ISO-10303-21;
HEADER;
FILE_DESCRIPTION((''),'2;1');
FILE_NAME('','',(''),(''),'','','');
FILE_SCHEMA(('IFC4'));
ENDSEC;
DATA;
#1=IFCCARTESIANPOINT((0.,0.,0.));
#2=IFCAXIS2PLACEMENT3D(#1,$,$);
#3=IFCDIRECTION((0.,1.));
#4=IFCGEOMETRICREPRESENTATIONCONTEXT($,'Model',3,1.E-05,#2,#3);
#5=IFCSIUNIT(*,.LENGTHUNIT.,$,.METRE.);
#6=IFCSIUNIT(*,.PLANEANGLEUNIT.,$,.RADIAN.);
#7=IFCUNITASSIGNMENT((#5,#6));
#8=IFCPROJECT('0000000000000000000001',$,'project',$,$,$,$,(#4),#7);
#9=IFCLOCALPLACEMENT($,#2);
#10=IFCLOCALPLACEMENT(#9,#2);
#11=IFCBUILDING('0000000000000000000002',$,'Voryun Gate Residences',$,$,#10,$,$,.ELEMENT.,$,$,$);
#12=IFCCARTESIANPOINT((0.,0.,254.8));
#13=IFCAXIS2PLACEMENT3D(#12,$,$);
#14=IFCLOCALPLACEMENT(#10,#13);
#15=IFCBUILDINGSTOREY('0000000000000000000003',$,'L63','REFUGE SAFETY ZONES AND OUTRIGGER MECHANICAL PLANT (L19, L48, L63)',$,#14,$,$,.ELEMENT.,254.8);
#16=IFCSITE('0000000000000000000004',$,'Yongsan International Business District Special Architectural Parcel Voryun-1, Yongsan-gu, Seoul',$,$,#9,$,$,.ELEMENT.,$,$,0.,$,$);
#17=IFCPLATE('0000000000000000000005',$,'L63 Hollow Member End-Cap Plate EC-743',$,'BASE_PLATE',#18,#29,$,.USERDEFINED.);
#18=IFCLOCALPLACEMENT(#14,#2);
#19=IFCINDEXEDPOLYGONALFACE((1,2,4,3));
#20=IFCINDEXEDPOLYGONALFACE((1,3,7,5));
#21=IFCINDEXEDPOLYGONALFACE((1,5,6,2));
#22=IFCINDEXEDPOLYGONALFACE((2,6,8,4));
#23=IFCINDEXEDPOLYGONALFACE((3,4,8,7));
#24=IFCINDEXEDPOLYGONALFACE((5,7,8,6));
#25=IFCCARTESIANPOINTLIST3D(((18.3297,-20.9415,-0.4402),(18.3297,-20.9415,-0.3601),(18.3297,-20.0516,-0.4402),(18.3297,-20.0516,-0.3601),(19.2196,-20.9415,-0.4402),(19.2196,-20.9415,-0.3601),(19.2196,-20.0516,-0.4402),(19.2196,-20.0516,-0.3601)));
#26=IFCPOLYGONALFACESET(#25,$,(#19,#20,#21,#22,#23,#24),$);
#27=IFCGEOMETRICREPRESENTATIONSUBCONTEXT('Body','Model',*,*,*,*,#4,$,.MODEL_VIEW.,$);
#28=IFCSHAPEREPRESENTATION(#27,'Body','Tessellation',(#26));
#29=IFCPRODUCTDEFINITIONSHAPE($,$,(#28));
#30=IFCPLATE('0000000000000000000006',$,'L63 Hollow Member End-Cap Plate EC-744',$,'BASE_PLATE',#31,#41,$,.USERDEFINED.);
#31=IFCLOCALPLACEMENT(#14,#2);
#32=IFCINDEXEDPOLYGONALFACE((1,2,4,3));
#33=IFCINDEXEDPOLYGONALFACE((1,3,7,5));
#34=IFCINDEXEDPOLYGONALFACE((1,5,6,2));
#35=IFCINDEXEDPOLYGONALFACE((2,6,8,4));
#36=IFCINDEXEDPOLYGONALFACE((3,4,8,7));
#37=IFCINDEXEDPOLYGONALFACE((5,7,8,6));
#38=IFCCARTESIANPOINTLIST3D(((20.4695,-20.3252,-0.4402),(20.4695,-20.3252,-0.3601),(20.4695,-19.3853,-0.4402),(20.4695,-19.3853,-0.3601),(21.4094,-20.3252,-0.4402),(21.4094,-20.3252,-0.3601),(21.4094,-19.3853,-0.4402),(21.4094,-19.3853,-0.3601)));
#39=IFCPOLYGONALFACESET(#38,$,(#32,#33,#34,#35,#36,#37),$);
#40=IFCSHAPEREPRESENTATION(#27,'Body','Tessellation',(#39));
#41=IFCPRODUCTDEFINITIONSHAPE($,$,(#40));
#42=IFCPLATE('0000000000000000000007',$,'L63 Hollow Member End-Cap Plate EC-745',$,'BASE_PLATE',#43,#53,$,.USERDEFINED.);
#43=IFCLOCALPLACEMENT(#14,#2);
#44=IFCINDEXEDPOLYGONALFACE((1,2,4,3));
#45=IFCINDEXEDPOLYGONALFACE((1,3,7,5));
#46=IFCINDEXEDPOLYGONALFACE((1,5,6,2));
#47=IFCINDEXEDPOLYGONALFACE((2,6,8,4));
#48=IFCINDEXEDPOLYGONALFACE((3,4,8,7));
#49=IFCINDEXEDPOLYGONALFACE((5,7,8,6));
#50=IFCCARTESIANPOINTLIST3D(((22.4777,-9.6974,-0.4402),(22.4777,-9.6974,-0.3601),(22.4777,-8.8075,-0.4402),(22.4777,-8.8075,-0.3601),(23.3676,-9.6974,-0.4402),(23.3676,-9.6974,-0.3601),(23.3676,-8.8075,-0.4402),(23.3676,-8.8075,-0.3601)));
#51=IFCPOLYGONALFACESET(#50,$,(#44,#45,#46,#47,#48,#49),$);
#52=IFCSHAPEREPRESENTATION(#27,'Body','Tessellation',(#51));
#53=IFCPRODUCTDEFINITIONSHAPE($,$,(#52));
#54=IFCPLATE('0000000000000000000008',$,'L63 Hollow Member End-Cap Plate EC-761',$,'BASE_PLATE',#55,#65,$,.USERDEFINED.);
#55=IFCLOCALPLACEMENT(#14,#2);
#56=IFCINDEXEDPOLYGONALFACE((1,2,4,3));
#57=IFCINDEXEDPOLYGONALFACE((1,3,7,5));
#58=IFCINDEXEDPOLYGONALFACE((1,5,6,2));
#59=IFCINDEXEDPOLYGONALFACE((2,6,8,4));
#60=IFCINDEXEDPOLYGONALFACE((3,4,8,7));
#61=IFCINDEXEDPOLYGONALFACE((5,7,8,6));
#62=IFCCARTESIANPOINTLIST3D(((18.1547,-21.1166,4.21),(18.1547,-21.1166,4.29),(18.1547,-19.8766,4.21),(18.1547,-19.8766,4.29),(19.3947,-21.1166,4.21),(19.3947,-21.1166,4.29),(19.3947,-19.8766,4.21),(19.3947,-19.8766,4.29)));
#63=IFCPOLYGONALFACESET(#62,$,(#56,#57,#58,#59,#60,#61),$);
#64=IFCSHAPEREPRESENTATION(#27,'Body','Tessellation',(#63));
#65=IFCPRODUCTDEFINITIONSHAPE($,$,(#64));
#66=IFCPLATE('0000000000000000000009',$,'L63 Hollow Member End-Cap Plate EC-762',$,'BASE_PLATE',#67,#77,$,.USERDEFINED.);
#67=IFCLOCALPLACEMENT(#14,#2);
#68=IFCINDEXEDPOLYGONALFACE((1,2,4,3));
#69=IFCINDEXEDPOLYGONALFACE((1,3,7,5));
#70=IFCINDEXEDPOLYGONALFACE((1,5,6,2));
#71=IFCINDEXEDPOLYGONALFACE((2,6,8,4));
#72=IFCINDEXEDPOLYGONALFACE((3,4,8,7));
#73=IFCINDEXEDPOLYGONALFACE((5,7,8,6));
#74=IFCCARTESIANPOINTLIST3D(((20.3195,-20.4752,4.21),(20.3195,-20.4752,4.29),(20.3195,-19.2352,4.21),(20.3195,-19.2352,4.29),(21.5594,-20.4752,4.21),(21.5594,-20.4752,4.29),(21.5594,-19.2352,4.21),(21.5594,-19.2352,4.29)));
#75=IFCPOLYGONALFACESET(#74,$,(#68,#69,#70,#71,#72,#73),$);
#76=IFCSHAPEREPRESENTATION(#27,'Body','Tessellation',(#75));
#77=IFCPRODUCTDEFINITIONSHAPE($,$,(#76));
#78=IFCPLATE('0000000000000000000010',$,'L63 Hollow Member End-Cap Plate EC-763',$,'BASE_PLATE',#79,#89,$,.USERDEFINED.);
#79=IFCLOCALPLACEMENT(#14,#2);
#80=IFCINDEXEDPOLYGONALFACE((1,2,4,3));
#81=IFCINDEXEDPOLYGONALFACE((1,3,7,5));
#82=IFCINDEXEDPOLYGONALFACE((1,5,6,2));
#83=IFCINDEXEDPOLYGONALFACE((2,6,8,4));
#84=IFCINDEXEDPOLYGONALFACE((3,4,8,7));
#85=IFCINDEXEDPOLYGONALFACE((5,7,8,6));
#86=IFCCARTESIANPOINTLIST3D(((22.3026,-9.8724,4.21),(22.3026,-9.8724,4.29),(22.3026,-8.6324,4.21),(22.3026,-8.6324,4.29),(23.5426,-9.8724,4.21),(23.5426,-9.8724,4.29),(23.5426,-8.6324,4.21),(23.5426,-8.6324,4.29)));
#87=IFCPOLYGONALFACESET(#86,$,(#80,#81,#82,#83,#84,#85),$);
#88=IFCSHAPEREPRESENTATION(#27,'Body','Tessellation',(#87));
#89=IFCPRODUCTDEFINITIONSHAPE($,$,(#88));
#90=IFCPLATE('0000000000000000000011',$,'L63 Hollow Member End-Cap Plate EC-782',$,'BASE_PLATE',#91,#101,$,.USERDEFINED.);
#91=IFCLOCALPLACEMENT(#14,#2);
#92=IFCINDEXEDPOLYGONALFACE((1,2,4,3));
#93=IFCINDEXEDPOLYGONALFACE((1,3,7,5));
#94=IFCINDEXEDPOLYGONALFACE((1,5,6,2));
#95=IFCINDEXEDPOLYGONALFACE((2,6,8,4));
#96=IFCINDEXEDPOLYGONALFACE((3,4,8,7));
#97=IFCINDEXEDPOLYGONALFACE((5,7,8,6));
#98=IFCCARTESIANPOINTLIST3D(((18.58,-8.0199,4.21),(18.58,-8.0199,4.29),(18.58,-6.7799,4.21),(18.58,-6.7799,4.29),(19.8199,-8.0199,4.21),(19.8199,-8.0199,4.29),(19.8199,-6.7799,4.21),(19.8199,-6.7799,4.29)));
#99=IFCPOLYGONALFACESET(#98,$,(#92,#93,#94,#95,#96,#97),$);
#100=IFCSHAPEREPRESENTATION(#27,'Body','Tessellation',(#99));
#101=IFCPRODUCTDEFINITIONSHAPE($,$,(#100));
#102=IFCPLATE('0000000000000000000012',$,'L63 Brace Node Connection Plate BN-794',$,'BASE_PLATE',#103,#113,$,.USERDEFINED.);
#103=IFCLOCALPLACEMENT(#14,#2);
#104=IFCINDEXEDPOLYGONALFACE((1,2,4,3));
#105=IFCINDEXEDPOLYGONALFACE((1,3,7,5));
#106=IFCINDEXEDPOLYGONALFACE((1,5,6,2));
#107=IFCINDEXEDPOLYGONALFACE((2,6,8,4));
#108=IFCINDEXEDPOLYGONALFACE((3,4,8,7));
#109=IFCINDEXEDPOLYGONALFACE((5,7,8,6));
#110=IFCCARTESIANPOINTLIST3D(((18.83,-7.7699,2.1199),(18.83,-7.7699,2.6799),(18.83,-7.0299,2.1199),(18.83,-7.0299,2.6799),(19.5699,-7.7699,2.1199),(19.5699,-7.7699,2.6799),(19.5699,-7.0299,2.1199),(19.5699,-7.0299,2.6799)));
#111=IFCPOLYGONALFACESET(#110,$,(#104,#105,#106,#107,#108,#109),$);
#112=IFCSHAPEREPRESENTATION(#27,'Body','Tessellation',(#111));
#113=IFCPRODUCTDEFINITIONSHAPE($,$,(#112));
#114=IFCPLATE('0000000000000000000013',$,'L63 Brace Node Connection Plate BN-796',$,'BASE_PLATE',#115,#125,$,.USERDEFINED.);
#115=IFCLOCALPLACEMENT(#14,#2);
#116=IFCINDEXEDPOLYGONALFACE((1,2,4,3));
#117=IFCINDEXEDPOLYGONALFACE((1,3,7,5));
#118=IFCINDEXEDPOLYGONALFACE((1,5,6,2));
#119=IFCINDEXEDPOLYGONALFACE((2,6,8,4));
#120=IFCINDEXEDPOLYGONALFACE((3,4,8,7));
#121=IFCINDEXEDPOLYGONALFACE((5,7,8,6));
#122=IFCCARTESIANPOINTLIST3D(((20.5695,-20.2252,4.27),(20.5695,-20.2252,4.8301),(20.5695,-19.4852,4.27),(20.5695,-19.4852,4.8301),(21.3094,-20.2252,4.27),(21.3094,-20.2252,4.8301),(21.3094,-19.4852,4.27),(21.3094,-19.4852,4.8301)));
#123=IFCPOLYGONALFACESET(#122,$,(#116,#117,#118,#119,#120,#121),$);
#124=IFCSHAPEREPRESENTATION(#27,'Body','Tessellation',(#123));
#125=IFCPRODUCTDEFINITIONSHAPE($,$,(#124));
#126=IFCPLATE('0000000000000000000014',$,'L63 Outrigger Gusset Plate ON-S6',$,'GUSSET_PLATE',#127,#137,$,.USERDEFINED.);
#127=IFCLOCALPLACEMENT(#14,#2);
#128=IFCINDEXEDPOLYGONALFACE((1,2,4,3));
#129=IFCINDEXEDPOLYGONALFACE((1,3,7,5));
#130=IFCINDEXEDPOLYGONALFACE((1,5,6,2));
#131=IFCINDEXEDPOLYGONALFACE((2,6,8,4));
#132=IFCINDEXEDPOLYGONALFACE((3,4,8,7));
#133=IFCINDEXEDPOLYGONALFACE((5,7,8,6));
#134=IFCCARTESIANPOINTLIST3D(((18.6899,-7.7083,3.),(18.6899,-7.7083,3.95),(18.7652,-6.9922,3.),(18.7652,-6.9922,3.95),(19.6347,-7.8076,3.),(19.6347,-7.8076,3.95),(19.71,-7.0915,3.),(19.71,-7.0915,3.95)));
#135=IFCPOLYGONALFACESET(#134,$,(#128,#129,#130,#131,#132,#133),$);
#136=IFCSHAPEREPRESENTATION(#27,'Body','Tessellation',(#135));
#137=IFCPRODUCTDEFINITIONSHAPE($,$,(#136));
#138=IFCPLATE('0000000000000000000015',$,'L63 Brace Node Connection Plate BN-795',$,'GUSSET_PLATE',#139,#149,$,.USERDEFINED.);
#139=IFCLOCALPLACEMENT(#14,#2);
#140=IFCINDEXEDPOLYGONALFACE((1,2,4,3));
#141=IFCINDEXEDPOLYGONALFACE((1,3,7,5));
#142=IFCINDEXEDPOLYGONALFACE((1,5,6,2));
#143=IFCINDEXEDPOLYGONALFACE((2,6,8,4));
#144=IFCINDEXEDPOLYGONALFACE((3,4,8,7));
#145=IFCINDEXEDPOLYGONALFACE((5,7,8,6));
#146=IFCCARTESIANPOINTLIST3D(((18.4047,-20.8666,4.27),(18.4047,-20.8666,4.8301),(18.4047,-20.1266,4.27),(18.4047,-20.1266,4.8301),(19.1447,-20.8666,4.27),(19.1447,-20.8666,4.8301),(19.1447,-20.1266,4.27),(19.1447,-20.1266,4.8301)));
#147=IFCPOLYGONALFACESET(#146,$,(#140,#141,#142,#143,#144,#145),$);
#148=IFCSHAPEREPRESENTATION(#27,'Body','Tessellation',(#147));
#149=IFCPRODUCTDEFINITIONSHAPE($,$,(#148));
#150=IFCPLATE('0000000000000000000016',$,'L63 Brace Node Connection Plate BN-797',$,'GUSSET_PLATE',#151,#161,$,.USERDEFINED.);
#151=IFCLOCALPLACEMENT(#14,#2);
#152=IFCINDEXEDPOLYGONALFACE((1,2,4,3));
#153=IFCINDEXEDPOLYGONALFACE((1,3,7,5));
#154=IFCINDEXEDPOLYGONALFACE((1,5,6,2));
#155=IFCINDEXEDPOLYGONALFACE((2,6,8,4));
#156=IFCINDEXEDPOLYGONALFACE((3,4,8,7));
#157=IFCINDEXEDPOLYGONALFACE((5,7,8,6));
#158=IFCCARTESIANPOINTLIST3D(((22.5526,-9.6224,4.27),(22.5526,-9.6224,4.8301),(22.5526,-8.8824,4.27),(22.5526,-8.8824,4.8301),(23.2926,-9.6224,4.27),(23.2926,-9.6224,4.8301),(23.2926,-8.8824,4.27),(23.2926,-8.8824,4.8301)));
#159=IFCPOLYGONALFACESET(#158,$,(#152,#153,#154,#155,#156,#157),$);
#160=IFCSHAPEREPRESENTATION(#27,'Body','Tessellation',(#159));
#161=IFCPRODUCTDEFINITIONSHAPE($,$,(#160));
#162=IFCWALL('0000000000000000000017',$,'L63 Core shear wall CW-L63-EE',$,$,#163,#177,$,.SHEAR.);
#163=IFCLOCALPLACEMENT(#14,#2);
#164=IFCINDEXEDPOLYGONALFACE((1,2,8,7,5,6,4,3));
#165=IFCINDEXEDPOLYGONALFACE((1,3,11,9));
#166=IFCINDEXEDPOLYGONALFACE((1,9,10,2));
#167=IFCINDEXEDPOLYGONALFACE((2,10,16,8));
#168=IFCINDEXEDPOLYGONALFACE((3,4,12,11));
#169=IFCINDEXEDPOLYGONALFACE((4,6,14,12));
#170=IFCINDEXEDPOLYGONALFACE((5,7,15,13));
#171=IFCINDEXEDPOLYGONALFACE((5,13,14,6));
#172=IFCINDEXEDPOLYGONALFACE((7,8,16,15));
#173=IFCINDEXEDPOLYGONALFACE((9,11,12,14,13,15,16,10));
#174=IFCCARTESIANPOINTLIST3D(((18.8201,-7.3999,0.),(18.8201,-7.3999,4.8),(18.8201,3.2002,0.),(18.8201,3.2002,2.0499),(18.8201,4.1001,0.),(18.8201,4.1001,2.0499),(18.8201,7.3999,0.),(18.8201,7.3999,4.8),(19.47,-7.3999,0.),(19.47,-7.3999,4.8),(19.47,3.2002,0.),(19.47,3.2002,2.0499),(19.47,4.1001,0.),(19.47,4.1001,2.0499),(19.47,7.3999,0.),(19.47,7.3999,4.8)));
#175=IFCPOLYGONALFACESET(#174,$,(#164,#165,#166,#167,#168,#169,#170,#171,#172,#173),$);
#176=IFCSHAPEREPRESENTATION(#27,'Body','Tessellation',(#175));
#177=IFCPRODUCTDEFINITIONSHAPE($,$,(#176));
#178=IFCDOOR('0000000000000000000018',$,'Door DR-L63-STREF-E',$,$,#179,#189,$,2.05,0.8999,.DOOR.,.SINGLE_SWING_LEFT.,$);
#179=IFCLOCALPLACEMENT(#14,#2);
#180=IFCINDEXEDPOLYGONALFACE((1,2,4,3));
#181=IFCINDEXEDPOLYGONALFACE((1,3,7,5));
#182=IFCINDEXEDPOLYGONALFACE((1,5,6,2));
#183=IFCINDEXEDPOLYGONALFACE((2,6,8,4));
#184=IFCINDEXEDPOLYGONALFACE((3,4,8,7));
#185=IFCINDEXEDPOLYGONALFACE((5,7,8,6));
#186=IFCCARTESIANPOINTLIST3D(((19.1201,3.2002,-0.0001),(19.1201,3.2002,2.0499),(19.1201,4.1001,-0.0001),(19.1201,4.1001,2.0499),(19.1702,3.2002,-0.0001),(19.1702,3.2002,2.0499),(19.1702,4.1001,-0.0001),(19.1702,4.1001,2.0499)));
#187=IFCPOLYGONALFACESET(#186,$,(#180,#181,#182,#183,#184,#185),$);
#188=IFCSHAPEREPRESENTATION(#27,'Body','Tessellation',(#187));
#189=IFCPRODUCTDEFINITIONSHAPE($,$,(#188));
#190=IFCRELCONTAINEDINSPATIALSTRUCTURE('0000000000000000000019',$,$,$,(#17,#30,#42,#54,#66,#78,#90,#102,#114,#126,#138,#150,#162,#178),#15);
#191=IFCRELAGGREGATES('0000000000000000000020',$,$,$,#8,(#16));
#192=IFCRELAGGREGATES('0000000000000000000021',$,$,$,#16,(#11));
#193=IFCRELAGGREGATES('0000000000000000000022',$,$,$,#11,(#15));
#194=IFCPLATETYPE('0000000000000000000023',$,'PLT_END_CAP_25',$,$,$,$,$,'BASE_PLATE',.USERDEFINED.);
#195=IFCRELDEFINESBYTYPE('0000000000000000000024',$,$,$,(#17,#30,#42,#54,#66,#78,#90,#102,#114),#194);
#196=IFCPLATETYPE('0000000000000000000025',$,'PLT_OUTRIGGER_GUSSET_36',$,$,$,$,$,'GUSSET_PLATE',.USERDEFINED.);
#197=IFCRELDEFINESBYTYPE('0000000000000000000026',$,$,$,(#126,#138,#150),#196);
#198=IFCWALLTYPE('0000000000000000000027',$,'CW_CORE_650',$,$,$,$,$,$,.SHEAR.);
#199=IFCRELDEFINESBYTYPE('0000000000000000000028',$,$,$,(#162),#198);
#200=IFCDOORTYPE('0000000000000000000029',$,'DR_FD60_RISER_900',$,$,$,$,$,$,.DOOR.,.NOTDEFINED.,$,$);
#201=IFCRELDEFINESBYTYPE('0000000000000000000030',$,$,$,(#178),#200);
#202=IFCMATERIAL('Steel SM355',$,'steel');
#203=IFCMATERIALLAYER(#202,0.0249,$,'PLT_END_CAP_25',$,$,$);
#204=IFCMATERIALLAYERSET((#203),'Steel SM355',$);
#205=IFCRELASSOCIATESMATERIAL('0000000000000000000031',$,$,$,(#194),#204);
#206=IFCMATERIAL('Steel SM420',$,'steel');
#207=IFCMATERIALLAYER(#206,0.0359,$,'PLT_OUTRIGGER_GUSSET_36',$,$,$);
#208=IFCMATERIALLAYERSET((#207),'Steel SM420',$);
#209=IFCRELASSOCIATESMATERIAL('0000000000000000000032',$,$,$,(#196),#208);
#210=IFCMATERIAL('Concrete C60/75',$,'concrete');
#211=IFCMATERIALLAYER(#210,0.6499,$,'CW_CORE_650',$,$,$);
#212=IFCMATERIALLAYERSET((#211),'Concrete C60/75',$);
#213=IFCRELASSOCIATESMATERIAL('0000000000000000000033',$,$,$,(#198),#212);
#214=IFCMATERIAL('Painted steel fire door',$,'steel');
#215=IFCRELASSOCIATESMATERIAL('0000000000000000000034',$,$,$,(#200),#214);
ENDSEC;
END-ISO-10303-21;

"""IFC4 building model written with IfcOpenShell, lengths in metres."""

from ifc_helpers import new_model, si_unit, direction, frame, frame_2d, origin, origin_2d, place, context, subcontext, project, spatial, rectangle, extrude, material, layer, layer_set, type_object, element, fill, save


model = new_model("IFC4")

# Units and contexts
model_context = context("Model", 3, precision=1e-05, world=origin(), true_north=direction((0.0, 1.0)))
body_context = subcontext(model_context, "Body", "Model", "MODEL_VIEW")
ifc_project = project(units=[si_unit("LENGTHUNIT", "METRE"), si_unit("PLANEANGLEUNIT", "RADIAN")], contexts=[model_context])

# Site, building, storey
site_placement = place(None, origin())
site = spatial("IfcSite", under=ifc_project, at=site_placement, Name="Yongsan International Business District Special Architectural Parcel Voryun-1, Yongsan-gu, Seoul", CompositionType="ELEMENT", RefElevation=0.0)
building_placement = place(site_placement, origin())
building = spatial("IfcBuilding", under=site, at=building_placement, Name="Voryun Gate Residences", CompositionType="ELEMENT")
storey_placement = place(building_placement, frame((0.0, 0.0, 254.8)))
storey = spatial("IfcBuildingStorey", under=building, at=storey_placement, Name="L63", Description="REFUGE SAFETY ZONES AND OUTRIGGER MECHANICAL PLANT (L19, L48, L63)", CompositionType="ELEMENT", Elevation=254.8)

# Plates
ifc_material_1 = material(Name="Steel SM355", Category="steel")
ifc_layer_1 = layer(ifc_material_1, 0.0249, Name="PLT_END_CAP_25")
ifc_layer_set_1 = layer_set([ifc_layer_1], Name="Steel SM355")
plate_type_1 = type_object("IfcPlateType", Name="PLT_END_CAP_25", ElementType="BASE_PLATE", PredefinedType="USERDEFINED", material=ifc_layer_set_1)
plate_1_placement = place(storey_placement, frame((18.7747, -20.4966, -0.4402), z_axis=(0.0, 0.0, 1.0), x_axis=(1.0, 0.0, 0.0)))
element("IfcPlate", 1, at=plate_1_placement, inside=storey, type_object=plate_type_1, Name="L63 Hollow Member End-Cap Plate EC-743", ObjectType="BASE_PLATE", PredefinedType="USERDEFINED", context=body_context, shape_type="SweptSolid", body=[
    extrude(rectangle(XDim=0.8899, YDim=0.8899, at=origin_2d()), origin(), (0.0, 0.0, 1.0), 0.0801),
])
plate_2_placement = place(storey_placement, frame((20.9395, -19.8552, -0.4402), z_axis=(0.0, 0.0, 1.0), x_axis=(1.0, 0.0, 0.0)))
element("IfcPlate", 2, at=plate_2_placement, inside=storey, type_object=plate_type_1, Name="L63 Hollow Member End-Cap Plate EC-744", ObjectType="BASE_PLATE", PredefinedType="USERDEFINED", context=body_context, shape_type="SweptSolid", body=[
    extrude(rectangle(XDim=0.9399, YDim=0.9399, at=origin_2d()), origin(), (0.0, 0.0, 1.0), 0.0801),
])
plate_3_placement = place(storey_placement, frame((22.9226, -9.2524, -0.4402), z_axis=(0.0, 0.0, 1.0), x_axis=(1.0, 0.0, 0.0)))
element("IfcPlate", 3, at=plate_3_placement, inside=storey, type_object=plate_type_1, Name="L63 Hollow Member End-Cap Plate EC-745", ObjectType="BASE_PLATE", PredefinedType="USERDEFINED", context=body_context, shape_type="SweptSolid", body=[
    extrude(rectangle(XDim=0.8899, YDim=0.8899, at=origin_2d()), origin(), (0.0, 0.0, 1.0), 0.0801),
])
for number, where, z_axis, x_axis, name in (
    (4, (18.7747, -20.4966, 4.21), (0.0, 0.0, 1.0), (1.0, 0.0, 0.0), "L63 Hollow Member End-Cap Plate EC-761"),
    (5, (20.9395, -19.8552, 4.21), (0.0, 0.0, 1.0), (1.0, 0.0, 0.0), "L63 Hollow Member End-Cap Plate EC-762"),
    (6, (22.9226, -9.2524, 4.21), (0.0, 0.0, 1.0), (1.0, 0.0, 0.0), "L63 Hollow Member End-Cap Plate EC-763"),
    (7, (19.2, -7.3999, 4.21), (0.0, 0.0, 1.0), (1.0, 0.0, 0.0), "L63 Hollow Member End-Cap Plate EC-782"),
):
    element("IfcPlate", number, at=place(storey_placement, frame(where, z_axis=z_axis, x_axis=x_axis)), inside=storey, type_object=plate_type_1, Name=name, ObjectType="BASE_PLATE", PredefinedType="USERDEFINED", context=body_context, shape_type="SweptSolid", body=[
        extrude(rectangle(XDim=1.24, YDim=1.24, at=origin_2d()), origin(), (0.0, 0.0, 1.0), 0.0801),
    ])
for number, where, z_axis, x_axis, name in (
    (8, (19.2, -7.3999, 2.1199), (0.0, 0.0, 1.0), (1.0, 0.0, 0.0), "L63 Brace Node Connection Plate BN-794"),
    (9, (20.9395, -19.8552, 4.27), (0.0, 0.0, 1.0), (1.0, 0.0, 0.0), "L63 Brace Node Connection Plate BN-796"),
):
    element("IfcPlate", number, at=place(storey_placement, frame(where, z_axis=z_axis, x_axis=x_axis)), inside=storey, type_object=plate_type_1, Name=name, ObjectType="BASE_PLATE", PredefinedType="USERDEFINED", context=body_context, shape_type="SweptSolid", body=[
        extrude(rectangle(XDim=0.74, YDim=0.74, at=origin_2d()), origin(), (0.0, 0.0, 1.0), 0.5601),
    ])
ifc_material_2 = material(Name="Steel SM420", Category="steel")
ifc_layer_2 = layer(ifc_material_2, 0.0359, Name="PLT_OUTRIGGER_GUSSET_36")
ifc_layer_set_2 = layer_set([ifc_layer_2], Name="Steel SM420")
plate_type_2 = type_object("IfcPlateType", Name="PLT_OUTRIGGER_GUSSET_36", ElementType="GUSSET_PLATE", PredefinedType="USERDEFINED", material=ifc_layer_set_2)
plate_4_placement = place(storey_placement, frame((19.2, -7.3999, 3.0), z_axis=(0.0, 0.0, 1.0), x_axis=(0.994522, -0.104528, 0.0)))
element("IfcPlate", 10, at=plate_4_placement, inside=storey, type_object=plate_type_2, Name="L63 Outrigger Gusset Plate ON-S6", ObjectType="GUSSET_PLATE", PredefinedType="USERDEFINED", context=body_context, shape_type="SweptSolid", body=[
    extrude(rectangle(XDim=0.95, YDim=0.72, at=origin_2d()), origin(), (0.0, 0.0, 1.0), 0.95),
])
for number, where, z_axis, x_axis, name in (
    (11, (18.7747, -20.4966, 4.27), (0.0, 0.0, 1.0), (1.0, 0.0, 0.0), "L63 Brace Node Connection Plate BN-795"),
    (12, (22.9226, -9.2524, 4.27), (0.0, 0.0, 1.0), (1.0, 0.0, 0.0), "L63 Brace Node Connection Plate BN-797"),
):
    element("IfcPlate", number, at=place(storey_placement, frame(where, z_axis=z_axis, x_axis=x_axis)), inside=storey, type_object=plate_type_2, Name=name, ObjectType="GUSSET_PLATE", PredefinedType="USERDEFINED", context=body_context, shape_type="SweptSolid", body=[
        extrude(rectangle(XDim=0.74, YDim=0.74, at=origin_2d()), origin(), (0.0, 0.0, 1.0), 0.5601),
    ])

# Wall, opening, door
ifc_material_3 = material(Name="Concrete C60/75", Category="concrete")
ifc_layer_3 = layer(ifc_material_3, 0.6499, Name="CW_CORE_650")
ifc_layer_set_3 = layer_set([ifc_layer_3], Name="Concrete C60/75")
wall_type_1 = type_object("IfcWallType", Name="CW_CORE_650", PredefinedType="SHEAR", material=ifc_layer_set_3)
wall_1_placement = place(storey_placement, frame((19.145, -7.3999, 0.0), z_axis=(0.0, 0.0, 1.0), x_axis=(0.0, 1.0, 0.0)))
wall_1 = element("IfcWall", 13, at=wall_1_placement, inside=storey, type_object=wall_type_1, Name="L63 Core shear wall CW-L63-EE", PredefinedType="SHEAR", context=body_context, shape_type="SweptSolid", body=[
    extrude(rectangle(XDim=14.7998, YDim=0.6499, at=frame_2d((7.3999, 0.0))), origin(), (0.0, 0.0, 1.0), 4.8),
])
opening_1_placement = place(wall_1_placement, frame((10.6001, 0.0, 0.0)))
opening_1 = element("IfcOpeningElement", 14, at=opening_1_placement, cuts=wall_1, PredefinedType="OPENING", context=body_context, shape_type="SweptSolid", body=[
    extrude(rectangle(XDim=0.8999, YDim=2.05, at=frame_2d((0.45, 1.0249))), frame((0.0, 0.335, 0.0), z_axis=(0.0, -1.0, 0.0), x_axis=(1.0, 0.0, 0.0)), (0.0, 0.0, 1.0), 0.6699),
])
ifc_material_4 = material(Name="Painted steel fire door", Category="steel")
door_type_1 = type_object("IfcDoorType", Name="DR_FD60_RISER_900", OperationType="NOTDEFINED", PredefinedType="DOOR", material=ifc_material_4)
door_1_placement = place(opening_1_placement, origin())
door_1 = element("IfcDoor", 15, at=door_1_placement, inside=storey, type_object=door_type_1, Name="Door DR-L63-STREF-E", OperationType="SINGLE_SWING_LEFT", OverallHeight=2.05, OverallWidth=0.8999, PredefinedType="DOOR", context=body_context, shape_type="SweptSolid", body=[
    extrude(rectangle(XDim=0.8999, YDim=2.05, at=frame_2d((0.45, 1.0249))), frame((0.0, 0.0249, 0.0), z_axis=(0.0, -1.0, 0.0), x_axis=(1.0, 0.0, 0.0)), (0.0, 0.0, 1.0), 0.05),
])
fill(opening_1, door_1)

save(model, "model.ifc")
